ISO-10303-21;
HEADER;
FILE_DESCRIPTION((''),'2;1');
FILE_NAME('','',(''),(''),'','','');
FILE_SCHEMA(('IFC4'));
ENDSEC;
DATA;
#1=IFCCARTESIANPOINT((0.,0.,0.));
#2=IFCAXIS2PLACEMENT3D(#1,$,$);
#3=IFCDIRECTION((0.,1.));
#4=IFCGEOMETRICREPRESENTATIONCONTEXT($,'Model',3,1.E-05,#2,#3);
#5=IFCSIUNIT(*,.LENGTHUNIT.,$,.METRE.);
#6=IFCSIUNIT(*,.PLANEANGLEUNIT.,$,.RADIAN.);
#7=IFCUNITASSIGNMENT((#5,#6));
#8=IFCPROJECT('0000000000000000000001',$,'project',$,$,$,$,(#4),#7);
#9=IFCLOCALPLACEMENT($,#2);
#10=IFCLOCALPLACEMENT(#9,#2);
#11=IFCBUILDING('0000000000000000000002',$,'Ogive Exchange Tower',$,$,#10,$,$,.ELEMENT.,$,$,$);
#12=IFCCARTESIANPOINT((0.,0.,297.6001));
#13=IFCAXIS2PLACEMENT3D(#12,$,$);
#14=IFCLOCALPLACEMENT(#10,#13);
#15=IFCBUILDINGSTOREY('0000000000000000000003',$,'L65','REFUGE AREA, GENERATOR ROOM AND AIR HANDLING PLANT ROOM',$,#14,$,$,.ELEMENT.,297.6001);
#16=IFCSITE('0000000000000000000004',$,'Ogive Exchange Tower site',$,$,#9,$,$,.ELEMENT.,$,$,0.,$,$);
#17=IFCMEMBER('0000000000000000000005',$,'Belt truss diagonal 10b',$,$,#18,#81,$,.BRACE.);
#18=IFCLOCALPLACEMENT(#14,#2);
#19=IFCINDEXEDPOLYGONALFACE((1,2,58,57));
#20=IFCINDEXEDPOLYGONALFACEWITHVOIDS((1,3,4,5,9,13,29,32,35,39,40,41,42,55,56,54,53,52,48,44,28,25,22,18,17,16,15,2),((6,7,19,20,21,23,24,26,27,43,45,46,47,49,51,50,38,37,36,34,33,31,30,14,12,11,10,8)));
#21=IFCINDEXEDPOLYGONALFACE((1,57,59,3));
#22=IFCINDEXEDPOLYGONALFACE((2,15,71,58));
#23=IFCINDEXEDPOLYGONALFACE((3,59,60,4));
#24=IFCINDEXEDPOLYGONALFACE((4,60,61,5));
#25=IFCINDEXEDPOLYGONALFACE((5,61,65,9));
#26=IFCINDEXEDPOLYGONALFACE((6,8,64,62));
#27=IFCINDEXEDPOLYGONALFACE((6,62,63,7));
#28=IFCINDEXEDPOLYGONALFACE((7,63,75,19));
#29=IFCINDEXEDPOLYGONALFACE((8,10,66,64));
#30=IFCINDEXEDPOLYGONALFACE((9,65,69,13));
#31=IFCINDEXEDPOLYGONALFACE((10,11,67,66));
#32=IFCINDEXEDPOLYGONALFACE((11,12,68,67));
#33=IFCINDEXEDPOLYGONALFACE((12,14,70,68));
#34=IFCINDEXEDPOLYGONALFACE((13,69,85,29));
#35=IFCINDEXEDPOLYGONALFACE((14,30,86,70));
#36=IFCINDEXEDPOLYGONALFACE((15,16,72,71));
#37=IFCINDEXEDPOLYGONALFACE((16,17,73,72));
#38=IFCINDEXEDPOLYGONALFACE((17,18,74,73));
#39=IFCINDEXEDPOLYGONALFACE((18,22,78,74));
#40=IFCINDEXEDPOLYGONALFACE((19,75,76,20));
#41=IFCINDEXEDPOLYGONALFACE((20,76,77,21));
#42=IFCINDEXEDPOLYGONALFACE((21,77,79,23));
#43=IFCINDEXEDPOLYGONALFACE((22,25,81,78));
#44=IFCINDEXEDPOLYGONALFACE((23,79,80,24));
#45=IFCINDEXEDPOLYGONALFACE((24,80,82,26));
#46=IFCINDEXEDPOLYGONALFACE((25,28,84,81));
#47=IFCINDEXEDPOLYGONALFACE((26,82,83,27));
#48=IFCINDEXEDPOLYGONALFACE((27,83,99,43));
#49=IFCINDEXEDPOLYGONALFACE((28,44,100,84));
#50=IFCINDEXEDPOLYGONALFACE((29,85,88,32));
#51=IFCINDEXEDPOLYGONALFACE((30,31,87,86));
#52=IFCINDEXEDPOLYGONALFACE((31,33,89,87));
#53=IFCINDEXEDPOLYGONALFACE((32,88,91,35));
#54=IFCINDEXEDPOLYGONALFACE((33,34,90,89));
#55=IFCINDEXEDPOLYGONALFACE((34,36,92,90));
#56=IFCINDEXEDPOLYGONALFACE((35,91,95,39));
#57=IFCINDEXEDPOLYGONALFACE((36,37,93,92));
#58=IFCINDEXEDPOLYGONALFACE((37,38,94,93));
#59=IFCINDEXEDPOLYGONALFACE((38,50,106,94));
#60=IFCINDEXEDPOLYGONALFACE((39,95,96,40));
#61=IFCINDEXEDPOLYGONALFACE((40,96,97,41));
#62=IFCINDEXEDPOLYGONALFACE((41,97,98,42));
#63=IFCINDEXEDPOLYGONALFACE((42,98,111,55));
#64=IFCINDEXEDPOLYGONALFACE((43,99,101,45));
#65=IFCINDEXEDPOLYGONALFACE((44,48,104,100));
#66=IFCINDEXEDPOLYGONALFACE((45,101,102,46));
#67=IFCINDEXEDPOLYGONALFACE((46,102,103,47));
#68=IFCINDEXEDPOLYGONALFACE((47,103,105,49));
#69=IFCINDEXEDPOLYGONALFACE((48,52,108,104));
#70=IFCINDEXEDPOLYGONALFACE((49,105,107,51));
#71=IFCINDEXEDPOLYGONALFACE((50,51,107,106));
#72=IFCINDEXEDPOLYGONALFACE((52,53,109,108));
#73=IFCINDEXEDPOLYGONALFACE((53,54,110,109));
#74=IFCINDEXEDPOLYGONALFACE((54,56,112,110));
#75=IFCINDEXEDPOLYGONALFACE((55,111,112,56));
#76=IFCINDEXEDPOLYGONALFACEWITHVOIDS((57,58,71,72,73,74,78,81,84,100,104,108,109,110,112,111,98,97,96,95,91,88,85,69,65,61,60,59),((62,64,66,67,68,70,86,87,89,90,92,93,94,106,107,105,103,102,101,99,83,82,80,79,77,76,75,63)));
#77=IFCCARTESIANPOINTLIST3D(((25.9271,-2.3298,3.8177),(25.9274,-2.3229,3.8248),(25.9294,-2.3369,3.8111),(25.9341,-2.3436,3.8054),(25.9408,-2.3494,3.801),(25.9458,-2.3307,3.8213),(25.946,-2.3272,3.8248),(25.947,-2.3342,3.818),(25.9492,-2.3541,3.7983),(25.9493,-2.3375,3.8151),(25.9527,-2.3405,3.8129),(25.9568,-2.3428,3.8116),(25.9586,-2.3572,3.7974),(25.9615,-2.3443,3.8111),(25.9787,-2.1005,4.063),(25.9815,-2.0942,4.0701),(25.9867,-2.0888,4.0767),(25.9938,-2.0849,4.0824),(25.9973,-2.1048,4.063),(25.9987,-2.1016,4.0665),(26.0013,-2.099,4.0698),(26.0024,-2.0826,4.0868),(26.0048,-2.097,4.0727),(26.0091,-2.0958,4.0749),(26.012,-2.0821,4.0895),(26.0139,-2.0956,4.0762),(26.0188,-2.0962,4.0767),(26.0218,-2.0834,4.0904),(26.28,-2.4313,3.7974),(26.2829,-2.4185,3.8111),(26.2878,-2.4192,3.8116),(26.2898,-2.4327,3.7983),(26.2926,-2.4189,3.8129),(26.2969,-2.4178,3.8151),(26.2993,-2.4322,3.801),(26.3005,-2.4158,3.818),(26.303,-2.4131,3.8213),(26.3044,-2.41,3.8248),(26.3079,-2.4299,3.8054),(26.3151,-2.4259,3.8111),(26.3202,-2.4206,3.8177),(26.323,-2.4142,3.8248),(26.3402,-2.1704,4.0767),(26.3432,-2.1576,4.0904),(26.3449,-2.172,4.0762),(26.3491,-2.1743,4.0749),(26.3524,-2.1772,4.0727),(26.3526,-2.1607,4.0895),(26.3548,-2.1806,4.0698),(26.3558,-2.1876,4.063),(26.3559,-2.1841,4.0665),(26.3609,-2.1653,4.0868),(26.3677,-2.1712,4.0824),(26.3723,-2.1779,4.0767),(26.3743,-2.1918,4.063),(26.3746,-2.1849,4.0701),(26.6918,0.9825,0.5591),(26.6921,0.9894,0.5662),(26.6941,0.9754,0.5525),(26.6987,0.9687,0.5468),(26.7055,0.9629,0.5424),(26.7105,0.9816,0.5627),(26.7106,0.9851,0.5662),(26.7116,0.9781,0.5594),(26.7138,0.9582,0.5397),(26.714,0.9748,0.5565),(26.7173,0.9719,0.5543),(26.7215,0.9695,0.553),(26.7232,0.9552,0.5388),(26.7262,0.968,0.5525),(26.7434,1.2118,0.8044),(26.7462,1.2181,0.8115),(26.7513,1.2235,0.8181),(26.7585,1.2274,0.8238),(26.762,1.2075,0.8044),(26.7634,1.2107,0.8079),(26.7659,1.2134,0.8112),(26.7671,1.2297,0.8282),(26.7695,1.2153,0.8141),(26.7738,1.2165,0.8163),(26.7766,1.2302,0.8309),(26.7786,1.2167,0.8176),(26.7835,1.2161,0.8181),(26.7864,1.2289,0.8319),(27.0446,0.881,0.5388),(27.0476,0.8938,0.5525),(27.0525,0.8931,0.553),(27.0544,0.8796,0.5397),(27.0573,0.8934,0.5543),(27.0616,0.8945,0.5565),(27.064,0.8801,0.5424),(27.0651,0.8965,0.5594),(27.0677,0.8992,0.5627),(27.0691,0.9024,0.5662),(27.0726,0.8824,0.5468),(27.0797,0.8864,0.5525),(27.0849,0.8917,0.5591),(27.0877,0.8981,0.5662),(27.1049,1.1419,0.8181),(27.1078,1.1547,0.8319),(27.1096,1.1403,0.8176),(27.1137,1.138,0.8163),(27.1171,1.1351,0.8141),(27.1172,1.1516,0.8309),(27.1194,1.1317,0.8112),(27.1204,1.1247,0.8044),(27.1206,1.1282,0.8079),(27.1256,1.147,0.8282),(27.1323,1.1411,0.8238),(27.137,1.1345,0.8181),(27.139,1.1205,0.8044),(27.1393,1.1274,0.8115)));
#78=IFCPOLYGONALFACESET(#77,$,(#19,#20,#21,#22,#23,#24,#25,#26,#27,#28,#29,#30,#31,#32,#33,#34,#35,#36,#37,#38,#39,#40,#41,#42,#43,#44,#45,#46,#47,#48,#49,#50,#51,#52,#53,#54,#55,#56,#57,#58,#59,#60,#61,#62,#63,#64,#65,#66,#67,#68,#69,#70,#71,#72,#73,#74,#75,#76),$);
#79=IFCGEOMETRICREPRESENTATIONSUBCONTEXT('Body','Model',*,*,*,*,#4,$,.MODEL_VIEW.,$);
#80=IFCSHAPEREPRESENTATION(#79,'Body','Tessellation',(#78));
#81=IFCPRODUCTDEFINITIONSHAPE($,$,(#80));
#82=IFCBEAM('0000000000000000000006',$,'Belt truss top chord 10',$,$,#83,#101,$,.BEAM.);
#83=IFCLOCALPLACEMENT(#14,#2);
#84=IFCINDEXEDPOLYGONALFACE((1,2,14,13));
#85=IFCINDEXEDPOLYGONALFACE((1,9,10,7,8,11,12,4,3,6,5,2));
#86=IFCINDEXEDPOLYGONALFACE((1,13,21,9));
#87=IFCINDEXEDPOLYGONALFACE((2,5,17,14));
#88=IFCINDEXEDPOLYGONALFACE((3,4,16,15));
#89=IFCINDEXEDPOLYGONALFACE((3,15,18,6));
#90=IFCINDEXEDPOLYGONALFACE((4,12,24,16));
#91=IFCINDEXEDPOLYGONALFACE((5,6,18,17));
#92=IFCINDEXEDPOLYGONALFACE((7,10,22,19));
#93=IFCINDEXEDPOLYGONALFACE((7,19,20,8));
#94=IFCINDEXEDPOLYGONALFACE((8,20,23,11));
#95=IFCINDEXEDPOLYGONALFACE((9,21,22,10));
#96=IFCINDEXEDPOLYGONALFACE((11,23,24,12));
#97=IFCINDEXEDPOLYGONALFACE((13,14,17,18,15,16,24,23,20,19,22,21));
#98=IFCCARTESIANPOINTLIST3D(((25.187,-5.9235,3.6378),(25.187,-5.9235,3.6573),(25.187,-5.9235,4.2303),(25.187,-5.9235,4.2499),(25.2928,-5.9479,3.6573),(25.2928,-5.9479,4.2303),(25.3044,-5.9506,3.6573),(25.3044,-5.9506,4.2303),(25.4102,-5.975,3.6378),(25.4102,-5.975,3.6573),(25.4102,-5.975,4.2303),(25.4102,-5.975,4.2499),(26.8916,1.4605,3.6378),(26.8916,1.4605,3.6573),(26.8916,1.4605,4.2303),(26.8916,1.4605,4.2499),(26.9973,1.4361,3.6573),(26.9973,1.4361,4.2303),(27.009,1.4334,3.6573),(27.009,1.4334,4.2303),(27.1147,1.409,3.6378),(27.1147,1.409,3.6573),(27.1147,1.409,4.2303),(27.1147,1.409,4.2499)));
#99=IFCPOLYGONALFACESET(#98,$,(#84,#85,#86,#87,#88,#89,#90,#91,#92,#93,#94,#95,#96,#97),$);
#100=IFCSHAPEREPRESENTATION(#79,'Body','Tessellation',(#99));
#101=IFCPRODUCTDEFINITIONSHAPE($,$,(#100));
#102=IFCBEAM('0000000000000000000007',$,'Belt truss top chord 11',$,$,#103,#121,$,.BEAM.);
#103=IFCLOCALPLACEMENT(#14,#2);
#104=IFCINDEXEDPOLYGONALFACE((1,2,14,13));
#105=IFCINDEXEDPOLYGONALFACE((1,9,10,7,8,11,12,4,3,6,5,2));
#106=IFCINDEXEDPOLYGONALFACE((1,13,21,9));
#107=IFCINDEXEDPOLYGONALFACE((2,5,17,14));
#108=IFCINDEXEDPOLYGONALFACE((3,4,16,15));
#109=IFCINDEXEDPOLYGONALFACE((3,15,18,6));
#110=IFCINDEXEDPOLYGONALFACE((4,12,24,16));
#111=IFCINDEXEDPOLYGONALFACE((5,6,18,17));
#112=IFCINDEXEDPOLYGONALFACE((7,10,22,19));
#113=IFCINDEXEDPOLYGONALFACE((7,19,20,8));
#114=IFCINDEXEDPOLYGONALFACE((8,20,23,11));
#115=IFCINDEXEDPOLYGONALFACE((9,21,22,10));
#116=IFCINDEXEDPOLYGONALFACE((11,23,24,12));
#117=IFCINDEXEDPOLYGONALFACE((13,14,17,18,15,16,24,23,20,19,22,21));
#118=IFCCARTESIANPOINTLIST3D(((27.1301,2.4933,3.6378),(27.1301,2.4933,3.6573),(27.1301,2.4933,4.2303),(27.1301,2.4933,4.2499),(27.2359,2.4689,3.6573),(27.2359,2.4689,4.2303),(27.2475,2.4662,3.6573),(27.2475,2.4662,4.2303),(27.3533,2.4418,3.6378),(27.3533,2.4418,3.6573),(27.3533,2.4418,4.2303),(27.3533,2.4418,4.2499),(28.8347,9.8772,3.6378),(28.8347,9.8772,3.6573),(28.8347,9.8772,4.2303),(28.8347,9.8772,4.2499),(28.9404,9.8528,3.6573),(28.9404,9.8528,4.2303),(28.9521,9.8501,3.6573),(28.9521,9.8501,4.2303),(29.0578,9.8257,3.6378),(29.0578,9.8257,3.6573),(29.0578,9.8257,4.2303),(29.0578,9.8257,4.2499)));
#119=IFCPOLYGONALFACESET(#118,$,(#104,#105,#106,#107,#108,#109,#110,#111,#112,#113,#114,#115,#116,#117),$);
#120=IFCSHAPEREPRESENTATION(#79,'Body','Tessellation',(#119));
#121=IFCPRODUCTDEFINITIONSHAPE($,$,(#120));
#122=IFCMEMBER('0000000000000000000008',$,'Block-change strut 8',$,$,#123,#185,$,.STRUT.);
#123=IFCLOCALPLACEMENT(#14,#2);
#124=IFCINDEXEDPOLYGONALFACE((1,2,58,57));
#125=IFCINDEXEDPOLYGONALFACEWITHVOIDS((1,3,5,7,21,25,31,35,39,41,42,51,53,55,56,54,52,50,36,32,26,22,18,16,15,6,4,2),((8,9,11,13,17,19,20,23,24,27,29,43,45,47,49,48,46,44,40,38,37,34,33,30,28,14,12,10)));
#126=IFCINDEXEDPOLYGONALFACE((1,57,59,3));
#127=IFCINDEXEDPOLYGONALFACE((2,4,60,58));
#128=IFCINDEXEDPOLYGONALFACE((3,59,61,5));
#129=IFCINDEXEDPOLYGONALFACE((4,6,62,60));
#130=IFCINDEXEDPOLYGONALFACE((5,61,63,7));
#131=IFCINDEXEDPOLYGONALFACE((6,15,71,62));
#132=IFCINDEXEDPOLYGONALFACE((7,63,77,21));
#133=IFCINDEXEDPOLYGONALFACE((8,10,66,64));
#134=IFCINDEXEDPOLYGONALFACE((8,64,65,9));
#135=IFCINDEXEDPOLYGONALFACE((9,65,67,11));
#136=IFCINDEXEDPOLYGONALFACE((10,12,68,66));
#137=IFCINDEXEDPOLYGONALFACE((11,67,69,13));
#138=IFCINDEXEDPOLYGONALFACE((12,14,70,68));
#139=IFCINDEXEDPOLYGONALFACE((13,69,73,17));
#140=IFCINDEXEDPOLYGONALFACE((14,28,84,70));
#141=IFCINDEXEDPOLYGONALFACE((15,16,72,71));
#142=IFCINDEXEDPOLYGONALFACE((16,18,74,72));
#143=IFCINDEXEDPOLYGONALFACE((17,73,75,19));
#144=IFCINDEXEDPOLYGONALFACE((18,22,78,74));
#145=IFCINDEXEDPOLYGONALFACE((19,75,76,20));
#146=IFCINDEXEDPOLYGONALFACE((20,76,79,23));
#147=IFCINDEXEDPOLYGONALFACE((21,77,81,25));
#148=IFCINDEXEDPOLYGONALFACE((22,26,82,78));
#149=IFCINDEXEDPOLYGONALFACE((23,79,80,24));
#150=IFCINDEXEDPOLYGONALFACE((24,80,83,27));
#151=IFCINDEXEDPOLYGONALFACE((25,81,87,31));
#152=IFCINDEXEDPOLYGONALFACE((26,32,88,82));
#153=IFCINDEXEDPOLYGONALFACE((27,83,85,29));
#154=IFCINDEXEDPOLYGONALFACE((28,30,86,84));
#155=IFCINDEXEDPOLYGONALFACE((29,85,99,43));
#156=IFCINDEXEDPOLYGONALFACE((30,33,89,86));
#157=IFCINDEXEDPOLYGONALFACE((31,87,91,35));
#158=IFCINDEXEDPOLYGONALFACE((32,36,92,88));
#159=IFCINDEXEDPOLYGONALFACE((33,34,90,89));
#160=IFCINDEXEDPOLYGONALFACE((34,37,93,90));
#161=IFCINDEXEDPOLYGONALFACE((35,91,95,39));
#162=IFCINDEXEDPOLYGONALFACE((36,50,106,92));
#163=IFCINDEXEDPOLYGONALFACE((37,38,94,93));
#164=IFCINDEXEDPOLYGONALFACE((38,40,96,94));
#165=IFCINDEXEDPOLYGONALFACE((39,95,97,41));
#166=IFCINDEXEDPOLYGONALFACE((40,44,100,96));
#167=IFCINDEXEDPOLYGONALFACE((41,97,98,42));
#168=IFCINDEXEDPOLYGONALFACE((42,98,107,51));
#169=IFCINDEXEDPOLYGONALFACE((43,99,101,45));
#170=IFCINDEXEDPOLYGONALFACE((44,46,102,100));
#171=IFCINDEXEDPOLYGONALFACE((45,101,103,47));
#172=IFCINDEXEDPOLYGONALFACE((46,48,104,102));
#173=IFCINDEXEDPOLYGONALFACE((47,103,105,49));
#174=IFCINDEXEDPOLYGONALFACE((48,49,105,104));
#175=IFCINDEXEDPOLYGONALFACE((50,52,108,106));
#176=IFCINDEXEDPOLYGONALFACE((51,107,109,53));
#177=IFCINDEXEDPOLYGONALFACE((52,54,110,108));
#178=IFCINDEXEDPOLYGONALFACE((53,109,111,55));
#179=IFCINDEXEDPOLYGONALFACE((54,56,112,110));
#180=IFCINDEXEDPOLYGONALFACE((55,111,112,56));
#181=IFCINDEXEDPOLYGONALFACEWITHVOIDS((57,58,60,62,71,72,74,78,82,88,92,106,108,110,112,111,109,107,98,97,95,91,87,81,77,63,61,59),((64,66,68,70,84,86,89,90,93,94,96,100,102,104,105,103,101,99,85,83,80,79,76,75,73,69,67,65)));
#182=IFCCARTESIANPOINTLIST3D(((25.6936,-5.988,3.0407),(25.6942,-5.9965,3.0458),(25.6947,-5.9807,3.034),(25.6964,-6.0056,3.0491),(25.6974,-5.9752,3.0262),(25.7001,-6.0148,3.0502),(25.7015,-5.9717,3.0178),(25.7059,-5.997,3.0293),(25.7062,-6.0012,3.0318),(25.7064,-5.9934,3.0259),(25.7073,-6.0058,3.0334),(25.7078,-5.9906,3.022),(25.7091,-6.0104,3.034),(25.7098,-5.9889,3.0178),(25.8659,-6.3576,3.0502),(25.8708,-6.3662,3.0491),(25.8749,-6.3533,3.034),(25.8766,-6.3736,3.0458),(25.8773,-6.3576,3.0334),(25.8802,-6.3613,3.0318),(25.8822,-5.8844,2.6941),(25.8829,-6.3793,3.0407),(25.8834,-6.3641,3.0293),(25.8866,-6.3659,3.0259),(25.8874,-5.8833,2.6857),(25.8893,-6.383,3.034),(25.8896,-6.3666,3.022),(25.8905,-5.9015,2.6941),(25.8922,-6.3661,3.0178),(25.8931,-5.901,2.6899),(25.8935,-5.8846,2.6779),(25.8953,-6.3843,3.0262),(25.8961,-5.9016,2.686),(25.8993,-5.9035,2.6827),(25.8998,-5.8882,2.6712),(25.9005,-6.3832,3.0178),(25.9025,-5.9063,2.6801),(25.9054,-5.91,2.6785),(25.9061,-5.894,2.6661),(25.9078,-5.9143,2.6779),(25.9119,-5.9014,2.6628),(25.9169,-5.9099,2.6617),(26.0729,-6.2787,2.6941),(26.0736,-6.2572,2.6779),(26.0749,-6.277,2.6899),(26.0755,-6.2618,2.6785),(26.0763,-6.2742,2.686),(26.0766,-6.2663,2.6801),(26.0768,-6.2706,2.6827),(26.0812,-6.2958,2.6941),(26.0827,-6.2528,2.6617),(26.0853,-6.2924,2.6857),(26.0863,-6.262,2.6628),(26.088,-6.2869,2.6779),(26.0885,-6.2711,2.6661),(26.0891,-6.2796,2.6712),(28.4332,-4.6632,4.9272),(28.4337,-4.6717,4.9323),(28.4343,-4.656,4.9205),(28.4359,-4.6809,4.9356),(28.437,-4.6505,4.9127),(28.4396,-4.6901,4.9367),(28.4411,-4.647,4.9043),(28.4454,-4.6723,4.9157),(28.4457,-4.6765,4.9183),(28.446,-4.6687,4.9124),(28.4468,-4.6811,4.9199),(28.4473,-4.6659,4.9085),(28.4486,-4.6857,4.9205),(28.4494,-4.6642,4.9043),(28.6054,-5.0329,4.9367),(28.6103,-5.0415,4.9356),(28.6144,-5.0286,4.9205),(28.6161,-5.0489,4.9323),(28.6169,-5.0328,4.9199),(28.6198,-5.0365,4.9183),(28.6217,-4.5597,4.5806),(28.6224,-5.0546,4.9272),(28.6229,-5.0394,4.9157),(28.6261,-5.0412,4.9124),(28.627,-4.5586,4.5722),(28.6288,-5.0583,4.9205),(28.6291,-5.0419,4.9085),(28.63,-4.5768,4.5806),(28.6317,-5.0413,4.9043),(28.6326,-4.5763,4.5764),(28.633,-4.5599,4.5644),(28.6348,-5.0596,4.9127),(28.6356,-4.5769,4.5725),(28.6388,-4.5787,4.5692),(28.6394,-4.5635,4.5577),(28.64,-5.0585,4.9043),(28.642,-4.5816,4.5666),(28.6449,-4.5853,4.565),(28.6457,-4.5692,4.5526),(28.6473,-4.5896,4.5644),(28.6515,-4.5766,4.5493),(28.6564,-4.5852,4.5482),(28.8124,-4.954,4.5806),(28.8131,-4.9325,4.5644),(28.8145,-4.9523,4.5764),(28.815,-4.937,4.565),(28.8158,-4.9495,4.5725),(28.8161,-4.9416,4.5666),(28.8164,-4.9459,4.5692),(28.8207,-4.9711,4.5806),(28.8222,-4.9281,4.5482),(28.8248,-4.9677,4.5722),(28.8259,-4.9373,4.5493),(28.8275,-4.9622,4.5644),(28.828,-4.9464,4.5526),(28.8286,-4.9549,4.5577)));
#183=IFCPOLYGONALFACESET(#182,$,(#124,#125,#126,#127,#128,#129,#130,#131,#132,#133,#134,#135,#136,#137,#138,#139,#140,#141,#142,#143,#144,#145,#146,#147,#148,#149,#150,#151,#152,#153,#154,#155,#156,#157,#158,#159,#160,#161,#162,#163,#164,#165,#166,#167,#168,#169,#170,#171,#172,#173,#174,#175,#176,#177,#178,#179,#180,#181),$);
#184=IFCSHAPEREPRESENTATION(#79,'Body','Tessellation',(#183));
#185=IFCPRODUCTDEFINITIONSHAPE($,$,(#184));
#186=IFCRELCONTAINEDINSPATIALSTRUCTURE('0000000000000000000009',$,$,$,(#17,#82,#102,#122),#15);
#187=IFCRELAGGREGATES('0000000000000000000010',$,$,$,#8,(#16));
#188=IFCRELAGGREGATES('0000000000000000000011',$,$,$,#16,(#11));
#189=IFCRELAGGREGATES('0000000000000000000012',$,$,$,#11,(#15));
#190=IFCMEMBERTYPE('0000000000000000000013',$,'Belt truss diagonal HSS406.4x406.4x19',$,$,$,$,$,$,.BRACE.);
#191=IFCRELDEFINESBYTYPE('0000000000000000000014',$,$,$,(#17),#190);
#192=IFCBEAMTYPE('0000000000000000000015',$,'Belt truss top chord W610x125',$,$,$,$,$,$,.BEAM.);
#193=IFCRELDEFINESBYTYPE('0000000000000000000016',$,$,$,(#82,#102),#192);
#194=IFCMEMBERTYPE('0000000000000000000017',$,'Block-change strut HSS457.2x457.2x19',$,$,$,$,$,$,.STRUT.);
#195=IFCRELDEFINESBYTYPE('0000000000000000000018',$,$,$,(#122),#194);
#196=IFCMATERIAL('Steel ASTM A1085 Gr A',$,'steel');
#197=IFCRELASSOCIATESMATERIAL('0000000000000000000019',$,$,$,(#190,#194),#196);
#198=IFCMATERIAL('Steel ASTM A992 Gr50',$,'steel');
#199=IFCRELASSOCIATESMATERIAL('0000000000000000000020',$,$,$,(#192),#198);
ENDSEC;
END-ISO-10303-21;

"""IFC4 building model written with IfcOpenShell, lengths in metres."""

from ifc_helpers import new_model, si_unit, direction, frame, origin, origin_2d, place, context, subcontext, project, spatial, hollow_rectangle, i_section, extrude, material, material_profile, profile_set, type_object, element, save


model = new_model("IFC4")

# Units and contexts
model_context = context("Model", 3, precision=1e-05, world=origin(), true_north=direction((0.0, 1.0)))
body_context = subcontext(model_context, "Body", "Model", "MODEL_VIEW")
ifc_project = project(units=[si_unit("LENGTHUNIT", "METRE"), si_unit("PLANEANGLEUNIT", "RADIAN")], contexts=[model_context])

# Site, building, storey
site_placement = place(None, origin())
site = spatial("IfcSite", under=ifc_project, at=site_placement, Name="Ogive Exchange Tower site", CompositionType="ELEMENT", RefElevation=0.0)
building_placement = place(site_placement, origin())
building = spatial("IfcBuilding", under=site, at=building_placement, Name="Ogive Exchange Tower", CompositionType="ELEMENT")
storey_placement = place(building_placement, frame((0.0, 0.0, 297.6001)))
storey = spatial("IfcBuildingStorey", under=building, at=storey_placement, Name="L65", Description="REFUGE AREA, GENERATOR ROOM AND AIR HANDLING PLANT ROOM", CompositionType="ELEMENT", Elevation=297.6001)

# Shared definitions
ifc_material_1 = material(Name="Steel ASTM A992 Gr50", Category="steel")

# Member
ifc_material_2 = material(Name="Steel ASTM A1085 Gr A", Category="steel")
ifc_material_profile_1 = material_profile(ifc_material_2, hollow_rectangle(XDim=0.406, YDim=0.406, WallThickness=0.019, InnerFilletRadius=0.019, OuterFilletRadius=0.0381, at=origin_2d()), Name="HSS406.4x406.4x19")
ifc_profile_set_1 = profile_set([ifc_material_profile_1], Name="Steel ASTM A1085 Gr A")
member_type_1 = type_object("IfcMemberType", Name="Belt truss diagonal HSS406.4x406.4x19", PredefinedType="BRACE", material=ifc_profile_set_1)
member_1_placement = place(storey_placement, frame((26.9155, 1.0549, 0.6853), z_axis=(-0.162383, -0.703402, 0.691995), x_axis=(0.974373, -0.224938, 0.0)))
element("IfcMember", 1, at=member_1_placement, inside=storey, type_object=member_type_1, Name="Belt truss diagonal 10b", PredefinedType="BRACE", context=body_context, shape_type="SweptSolid", body=[
    extrude(hollow_rectangle(XDim=0.406, YDim=0.406, WallThickness=0.019, InnerFilletRadius=0.019, OuterFilletRadius=0.0381, at=origin_2d()), origin(), (0.0, 0.0, 1.0), 4.709),
])

# Beams
ifc_material_profile_2 = material_profile(ifc_material_1, i_section(OverallWidth=0.229, OverallDepth=0.6121, WebThickness=0.012, FlangeThickness=0.0195, at=origin_2d()), Name="W610x125")
ifc_profile_set_2 = profile_set([ifc_material_profile_2], Name="Steel ASTM A992 Gr50")
beam_type_1 = type_object("IfcBeamType", Name="Belt truss top chord W610x125", PredefinedType="BEAM", material=ifc_profile_set_2)
for number, where, z_axis, x_axis, name in (
    (2, (25.2986, -5.9492, 3.9438), (0.224932, 0.974374, 0.0), (-0.974374, 0.224932, 0.0), "Belt truss top chord 10"),
    (3, (27.2417, 2.4675, 3.9438), (0.224932, 0.974374, 0.0), (-0.974374, 0.224932, 0.0), "Belt truss top chord 11"),
):
    element("IfcBeam", number, at=place(storey_placement, frame(where, z_axis=z_axis, x_axis=x_axis)), inside=storey, type_object=beam_type_1, Name=name, PredefinedType="BEAM", context=body_context, shape_type="SweptSolid", body=[
        extrude(i_section(OverallWidth=0.229, OverallDepth=0.6121, WebThickness=0.012, FlangeThickness=0.0195, at=origin_2d()), origin(), (0.0, 0.0, 1.0), 7.5781),
    ])

# Member
ifc_material_profile_3 = material_profile(ifc_material_2, hollow_rectangle(XDim=0.457, YDim=0.457, WallThickness=0.019, InnerFilletRadius=0.019, OuterFilletRadius=0.0381, at=origin_2d()), Name="HSS457.2x457.2x19")
ifc_profile_set_3 = profile_set([ifc_material_profile_3], Name="Steel ASTM A1085 Gr A")
member_type_2 = type_object("IfcMemberType", Name="Block-change strut HSS457.2x457.2x19", PredefinedType="STRUT", material=ifc_profile_set_3)
member_2_placement = place(storey_placement, frame((25.8914, -6.1338, 2.856), z_axis=(0.765161, 0.369999, 0.526905), x_axis=(-0.435332, 0.90027, 0.0)))
element("IfcMember", 4, at=member_2_placement, inside=storey, type_object=member_type_2, Name="Block-change strut 8", PredefinedType="STRUT", context=body_context, shape_type="SweptSolid", body=[
    extrude(hollow_rectangle(XDim=0.457, YDim=0.457, WallThickness=0.019, InnerFilletRadius=0.019, OuterFilletRadius=0.0381, at=origin_2d()), origin(), (0.0, 0.0, 1.0), 3.5803),
])

save(model, "model.ifc")
